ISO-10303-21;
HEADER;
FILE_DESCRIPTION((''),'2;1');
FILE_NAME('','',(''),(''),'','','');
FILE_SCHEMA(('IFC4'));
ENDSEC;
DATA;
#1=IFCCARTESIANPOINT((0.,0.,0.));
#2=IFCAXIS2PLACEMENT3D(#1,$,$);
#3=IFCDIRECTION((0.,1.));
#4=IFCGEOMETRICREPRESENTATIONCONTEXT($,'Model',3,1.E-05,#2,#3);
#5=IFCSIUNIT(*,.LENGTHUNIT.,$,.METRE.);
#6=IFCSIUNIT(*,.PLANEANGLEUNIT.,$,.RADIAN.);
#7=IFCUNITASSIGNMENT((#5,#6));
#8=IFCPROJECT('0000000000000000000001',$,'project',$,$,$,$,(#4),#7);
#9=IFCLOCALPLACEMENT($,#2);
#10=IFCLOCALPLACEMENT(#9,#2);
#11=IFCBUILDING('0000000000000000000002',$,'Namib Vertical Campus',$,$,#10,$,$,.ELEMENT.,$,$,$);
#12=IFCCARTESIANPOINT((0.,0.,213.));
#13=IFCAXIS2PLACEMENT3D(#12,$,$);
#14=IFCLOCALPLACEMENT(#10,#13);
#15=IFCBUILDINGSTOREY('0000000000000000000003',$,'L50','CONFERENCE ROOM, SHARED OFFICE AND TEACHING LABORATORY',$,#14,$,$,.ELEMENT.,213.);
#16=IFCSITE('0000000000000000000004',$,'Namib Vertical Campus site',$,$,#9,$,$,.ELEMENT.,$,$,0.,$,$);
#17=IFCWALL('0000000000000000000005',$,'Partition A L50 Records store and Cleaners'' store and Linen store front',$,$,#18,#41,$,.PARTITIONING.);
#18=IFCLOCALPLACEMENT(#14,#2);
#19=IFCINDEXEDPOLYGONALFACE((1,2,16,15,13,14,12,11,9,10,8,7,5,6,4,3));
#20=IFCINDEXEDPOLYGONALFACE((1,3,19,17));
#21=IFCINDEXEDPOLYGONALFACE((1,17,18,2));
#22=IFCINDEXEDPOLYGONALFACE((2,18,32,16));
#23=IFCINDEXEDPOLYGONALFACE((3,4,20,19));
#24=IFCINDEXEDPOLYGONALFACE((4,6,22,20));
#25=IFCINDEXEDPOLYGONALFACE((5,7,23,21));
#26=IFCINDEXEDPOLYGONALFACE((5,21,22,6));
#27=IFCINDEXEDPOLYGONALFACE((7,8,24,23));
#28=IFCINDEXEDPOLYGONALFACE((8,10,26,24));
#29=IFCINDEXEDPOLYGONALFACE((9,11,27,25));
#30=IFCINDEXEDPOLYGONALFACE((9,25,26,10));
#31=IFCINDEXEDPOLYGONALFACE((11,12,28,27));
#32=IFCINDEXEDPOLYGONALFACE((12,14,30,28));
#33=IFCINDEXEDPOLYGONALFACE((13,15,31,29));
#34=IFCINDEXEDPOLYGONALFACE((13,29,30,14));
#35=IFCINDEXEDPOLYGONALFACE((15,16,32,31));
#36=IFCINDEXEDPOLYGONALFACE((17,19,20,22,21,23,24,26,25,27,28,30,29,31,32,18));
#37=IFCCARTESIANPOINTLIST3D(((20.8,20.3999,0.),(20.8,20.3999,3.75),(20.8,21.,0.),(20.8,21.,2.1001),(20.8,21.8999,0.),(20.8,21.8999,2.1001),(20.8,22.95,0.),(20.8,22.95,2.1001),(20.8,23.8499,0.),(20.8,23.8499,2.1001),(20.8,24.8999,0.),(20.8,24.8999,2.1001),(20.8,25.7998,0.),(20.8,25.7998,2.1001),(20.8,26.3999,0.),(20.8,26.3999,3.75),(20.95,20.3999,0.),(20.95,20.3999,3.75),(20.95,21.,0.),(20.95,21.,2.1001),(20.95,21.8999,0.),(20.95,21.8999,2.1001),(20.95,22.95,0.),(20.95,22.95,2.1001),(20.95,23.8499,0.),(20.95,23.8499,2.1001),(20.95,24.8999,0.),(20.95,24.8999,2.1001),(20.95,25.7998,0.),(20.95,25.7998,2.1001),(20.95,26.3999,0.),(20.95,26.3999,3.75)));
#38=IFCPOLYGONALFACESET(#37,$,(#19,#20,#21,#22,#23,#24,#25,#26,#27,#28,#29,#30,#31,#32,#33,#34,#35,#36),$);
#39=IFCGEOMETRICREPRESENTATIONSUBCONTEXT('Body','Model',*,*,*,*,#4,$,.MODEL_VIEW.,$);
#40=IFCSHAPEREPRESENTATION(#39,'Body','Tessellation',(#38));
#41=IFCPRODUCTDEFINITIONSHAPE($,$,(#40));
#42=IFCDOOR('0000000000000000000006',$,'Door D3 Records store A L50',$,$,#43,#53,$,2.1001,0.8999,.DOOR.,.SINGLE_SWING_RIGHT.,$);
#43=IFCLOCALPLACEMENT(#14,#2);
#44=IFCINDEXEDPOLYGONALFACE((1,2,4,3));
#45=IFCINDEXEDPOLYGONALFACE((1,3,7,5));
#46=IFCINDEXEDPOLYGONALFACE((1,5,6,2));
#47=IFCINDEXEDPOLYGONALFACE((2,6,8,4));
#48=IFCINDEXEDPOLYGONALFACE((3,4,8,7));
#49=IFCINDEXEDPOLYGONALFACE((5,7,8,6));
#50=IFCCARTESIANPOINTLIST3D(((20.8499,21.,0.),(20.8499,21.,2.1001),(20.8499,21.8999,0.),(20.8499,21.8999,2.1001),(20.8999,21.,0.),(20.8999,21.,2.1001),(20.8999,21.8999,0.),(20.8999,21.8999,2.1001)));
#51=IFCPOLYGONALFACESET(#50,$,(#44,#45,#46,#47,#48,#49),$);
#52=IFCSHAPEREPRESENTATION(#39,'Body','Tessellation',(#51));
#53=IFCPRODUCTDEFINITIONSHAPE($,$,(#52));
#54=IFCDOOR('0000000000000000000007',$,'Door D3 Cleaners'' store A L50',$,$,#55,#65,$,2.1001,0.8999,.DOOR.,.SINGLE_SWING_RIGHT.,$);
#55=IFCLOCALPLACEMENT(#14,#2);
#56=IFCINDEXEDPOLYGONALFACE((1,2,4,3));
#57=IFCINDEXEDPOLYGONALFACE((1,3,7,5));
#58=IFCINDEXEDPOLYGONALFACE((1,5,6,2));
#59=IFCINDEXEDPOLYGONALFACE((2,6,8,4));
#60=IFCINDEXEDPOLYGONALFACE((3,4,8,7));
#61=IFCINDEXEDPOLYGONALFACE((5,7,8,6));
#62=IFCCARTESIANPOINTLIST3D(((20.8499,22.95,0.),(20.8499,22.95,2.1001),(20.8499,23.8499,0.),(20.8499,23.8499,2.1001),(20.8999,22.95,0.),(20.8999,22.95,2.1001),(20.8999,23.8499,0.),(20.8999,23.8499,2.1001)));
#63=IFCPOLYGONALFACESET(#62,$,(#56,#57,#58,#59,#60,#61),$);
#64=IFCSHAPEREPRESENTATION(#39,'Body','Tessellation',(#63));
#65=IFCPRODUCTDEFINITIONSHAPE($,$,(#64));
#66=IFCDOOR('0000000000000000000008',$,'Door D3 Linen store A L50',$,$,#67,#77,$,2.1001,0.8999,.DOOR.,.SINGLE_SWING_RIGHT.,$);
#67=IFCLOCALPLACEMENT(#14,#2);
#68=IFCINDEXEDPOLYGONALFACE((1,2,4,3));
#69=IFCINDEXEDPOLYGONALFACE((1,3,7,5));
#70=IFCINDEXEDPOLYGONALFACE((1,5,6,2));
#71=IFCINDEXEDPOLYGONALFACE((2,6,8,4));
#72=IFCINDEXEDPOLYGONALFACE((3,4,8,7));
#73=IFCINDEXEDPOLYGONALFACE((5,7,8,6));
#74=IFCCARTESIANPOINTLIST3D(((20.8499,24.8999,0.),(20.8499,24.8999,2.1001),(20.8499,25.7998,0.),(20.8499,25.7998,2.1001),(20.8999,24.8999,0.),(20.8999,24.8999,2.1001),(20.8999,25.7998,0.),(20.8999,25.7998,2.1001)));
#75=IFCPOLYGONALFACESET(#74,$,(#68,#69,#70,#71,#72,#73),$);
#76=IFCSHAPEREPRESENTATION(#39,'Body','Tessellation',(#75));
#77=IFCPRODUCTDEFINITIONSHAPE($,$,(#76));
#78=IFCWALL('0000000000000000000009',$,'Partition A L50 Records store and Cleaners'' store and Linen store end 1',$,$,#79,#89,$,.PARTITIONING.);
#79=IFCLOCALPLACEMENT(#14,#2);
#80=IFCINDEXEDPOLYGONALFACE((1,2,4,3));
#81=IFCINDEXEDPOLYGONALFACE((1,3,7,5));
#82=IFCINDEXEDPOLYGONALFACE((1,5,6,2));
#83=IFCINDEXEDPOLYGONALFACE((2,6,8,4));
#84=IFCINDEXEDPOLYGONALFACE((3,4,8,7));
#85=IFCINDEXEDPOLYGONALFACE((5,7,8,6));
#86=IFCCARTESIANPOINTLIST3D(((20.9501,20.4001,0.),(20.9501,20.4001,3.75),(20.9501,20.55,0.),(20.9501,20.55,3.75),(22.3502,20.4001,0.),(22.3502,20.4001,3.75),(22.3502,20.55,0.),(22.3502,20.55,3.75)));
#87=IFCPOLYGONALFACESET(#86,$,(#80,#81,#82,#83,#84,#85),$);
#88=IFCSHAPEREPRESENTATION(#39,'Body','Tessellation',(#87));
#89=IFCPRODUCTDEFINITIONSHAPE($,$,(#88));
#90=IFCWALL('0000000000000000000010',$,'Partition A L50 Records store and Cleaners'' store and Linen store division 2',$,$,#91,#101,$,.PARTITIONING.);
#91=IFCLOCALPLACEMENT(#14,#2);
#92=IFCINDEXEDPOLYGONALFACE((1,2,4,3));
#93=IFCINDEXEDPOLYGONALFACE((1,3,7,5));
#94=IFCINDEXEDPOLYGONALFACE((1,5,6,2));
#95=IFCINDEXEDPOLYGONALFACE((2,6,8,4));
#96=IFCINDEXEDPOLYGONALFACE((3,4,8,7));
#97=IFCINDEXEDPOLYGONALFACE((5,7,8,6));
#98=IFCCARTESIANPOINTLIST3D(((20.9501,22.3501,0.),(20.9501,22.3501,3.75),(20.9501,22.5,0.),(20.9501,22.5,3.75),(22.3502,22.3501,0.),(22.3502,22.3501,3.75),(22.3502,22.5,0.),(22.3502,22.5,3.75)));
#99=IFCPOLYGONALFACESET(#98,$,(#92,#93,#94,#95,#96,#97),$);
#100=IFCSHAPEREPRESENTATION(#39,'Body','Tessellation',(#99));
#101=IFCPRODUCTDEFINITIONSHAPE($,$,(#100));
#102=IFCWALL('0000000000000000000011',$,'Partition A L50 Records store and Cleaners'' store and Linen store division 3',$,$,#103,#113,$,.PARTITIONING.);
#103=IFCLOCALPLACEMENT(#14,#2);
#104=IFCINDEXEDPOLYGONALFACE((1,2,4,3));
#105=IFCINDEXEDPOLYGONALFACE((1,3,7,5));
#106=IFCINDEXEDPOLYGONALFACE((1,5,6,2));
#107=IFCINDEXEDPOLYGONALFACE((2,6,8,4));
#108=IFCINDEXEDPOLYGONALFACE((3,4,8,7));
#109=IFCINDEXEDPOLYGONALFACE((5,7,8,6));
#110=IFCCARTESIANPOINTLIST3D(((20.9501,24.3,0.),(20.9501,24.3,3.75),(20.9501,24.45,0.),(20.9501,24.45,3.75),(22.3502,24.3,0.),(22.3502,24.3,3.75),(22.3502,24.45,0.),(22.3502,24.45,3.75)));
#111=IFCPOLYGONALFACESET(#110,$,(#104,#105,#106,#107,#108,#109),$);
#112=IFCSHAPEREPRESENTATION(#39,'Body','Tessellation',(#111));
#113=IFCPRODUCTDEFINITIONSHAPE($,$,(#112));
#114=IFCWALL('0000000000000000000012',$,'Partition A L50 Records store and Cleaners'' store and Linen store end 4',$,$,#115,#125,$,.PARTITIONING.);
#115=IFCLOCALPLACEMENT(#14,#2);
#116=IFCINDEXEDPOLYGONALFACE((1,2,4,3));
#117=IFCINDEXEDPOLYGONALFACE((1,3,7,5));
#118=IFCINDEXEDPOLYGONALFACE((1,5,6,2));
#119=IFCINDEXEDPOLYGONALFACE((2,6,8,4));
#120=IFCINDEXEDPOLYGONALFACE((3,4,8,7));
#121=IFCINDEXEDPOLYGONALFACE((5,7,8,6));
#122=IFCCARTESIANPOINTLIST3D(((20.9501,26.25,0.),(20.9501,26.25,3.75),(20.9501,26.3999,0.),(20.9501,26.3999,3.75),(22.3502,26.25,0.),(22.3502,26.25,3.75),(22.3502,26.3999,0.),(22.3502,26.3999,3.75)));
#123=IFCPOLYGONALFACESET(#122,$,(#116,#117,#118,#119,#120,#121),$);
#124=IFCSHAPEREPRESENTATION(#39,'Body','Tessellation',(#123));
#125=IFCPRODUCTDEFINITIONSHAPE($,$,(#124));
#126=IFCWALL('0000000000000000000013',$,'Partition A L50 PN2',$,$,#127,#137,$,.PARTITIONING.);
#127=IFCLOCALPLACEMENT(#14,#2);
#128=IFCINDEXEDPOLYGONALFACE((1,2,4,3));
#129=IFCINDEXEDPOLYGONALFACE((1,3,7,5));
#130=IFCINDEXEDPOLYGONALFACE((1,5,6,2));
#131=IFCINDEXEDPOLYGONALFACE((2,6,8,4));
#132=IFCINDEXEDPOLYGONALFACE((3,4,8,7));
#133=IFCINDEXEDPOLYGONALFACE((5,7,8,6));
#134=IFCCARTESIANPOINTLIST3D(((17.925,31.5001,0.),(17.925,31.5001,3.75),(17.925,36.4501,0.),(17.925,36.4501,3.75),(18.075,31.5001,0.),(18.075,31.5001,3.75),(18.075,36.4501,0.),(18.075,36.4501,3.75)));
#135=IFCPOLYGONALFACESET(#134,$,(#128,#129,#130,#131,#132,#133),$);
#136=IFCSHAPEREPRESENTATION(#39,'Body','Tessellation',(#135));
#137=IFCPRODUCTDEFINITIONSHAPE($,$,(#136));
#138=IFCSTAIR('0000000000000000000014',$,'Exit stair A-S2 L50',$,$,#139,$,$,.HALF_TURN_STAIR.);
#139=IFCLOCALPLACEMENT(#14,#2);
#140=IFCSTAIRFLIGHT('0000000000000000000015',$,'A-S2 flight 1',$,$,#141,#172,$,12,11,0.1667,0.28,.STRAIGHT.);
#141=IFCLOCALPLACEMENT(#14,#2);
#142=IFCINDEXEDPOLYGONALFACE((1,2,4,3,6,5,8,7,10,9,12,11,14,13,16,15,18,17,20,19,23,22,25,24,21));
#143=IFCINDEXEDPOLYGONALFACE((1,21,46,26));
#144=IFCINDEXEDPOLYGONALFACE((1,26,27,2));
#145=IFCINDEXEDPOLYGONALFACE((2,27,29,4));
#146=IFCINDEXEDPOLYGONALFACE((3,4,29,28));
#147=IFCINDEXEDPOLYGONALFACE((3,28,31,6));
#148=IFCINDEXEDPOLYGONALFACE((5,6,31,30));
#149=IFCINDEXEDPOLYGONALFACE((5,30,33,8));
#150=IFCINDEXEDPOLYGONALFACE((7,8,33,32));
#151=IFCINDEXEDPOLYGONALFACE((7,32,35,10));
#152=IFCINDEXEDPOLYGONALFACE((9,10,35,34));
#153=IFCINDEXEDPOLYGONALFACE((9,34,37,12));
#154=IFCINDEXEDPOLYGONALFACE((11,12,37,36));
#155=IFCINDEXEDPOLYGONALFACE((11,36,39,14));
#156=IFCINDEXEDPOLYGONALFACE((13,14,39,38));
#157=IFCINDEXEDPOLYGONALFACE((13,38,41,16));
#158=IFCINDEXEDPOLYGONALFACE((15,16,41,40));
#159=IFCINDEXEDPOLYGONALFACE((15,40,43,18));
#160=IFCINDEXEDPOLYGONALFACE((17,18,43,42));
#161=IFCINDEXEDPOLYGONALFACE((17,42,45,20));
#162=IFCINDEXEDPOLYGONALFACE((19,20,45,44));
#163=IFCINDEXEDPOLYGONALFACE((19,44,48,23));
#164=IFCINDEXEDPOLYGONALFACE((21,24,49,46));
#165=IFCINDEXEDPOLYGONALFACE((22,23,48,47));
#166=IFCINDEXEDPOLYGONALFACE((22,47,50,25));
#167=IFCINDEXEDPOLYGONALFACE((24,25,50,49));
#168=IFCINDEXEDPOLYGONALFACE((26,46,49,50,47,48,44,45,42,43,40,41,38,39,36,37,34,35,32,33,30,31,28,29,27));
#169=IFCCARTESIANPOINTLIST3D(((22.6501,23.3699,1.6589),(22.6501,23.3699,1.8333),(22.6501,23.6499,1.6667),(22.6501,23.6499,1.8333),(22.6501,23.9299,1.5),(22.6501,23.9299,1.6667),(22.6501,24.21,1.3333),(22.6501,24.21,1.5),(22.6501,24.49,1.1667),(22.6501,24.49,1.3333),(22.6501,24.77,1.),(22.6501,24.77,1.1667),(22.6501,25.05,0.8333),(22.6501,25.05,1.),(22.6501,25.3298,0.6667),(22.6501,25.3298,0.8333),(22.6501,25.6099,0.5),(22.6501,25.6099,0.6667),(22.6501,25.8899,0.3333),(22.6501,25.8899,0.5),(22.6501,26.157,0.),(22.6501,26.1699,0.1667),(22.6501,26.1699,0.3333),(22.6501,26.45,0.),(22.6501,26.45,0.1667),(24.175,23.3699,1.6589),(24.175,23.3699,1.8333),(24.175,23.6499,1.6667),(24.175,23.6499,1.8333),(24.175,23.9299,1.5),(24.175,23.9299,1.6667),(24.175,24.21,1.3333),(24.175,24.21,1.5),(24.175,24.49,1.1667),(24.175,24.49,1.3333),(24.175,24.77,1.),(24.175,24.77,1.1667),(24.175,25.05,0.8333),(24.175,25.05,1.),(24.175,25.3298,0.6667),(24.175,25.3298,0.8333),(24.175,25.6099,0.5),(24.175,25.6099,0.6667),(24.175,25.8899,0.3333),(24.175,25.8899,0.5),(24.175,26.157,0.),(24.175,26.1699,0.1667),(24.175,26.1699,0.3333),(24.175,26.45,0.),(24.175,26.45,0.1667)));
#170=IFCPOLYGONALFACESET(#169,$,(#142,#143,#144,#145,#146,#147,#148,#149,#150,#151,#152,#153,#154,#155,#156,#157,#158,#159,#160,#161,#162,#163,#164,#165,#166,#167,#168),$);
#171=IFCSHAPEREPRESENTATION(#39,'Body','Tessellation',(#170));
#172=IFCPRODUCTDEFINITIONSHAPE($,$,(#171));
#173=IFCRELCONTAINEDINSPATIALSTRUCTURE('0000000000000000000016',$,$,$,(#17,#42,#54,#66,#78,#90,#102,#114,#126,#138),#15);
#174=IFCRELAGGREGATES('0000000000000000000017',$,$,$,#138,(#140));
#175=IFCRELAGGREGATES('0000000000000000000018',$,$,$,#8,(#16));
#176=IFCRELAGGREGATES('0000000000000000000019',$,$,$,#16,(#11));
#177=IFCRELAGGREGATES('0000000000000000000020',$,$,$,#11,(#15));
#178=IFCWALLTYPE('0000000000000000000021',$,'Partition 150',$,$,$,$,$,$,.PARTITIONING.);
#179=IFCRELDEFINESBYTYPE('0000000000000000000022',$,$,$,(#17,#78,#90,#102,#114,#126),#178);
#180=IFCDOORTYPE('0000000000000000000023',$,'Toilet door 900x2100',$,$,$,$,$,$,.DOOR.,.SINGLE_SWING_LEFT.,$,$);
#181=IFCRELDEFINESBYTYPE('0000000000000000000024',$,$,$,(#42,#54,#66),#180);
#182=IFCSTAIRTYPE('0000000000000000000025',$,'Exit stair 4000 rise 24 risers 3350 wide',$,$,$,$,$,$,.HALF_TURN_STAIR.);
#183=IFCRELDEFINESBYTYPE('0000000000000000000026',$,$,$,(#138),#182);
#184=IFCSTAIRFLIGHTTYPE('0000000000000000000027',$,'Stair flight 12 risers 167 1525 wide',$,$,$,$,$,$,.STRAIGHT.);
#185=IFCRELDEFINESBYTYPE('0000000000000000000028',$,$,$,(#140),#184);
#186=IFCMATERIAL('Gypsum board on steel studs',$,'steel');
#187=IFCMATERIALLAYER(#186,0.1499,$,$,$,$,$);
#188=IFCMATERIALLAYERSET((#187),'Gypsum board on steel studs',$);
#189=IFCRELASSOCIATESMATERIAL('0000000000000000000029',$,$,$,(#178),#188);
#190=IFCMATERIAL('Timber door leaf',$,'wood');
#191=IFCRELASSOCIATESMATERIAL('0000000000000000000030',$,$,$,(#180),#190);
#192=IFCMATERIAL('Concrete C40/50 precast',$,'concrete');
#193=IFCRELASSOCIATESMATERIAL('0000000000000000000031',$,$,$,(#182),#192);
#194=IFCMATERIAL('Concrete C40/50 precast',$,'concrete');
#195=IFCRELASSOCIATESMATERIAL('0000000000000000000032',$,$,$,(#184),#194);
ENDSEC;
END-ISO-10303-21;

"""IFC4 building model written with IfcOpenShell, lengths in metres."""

from ifc_helpers import new_model, si_unit, direction, frame, frame_2d, origin, place, context, subcontext, project, spatial, polyline, rectangle, outline, extrude, material, layer, layer_set, type_object, element, fill, aggregate, save


model = new_model("IFC4")

# Units and contexts
model_context = context("Model", 3, precision=1e-05, world=origin(), true_north=direction((0.0, 1.0)))
body_context = subcontext(model_context, "Body", "Model", "MODEL_VIEW")
ifc_project = project(units=[si_unit("LENGTHUNIT", "METRE"), si_unit("PLANEANGLEUNIT", "RADIAN")], contexts=[model_context])

# Site, building, storey
site_placement = place(None, origin())
site = spatial("IfcSite", under=ifc_project, at=site_placement, Name="Namib Vertical Campus site", CompositionType="ELEMENT", RefElevation=0.0)
building_placement = place(site_placement, origin())
building = spatial("IfcBuilding", under=site, at=building_placement, Name="Namib Vertical Campus", CompositionType="ELEMENT")
storey_placement = place(building_placement, frame((0.0, 0.0, 213.0)))
storey = spatial("IfcBuildingStorey", under=building, at=storey_placement, Name="L50", Description="CONFERENCE ROOM, SHARED OFFICE AND TEACHING LABORATORY", CompositionType="ELEMENT", Elevation=213.0)

# Wall, openings, doors
ifc_material_1 = material(Name="Gypsum board on steel studs", Category="steel")
ifc_layer_1 = layer(ifc_material_1, 0.1499)
ifc_layer_set_1 = layer_set([ifc_layer_1], Name="Gypsum board on steel studs")
wall_type_1 = type_object("IfcWallType", Name="Partition 150", PredefinedType="PARTITIONING", material=ifc_layer_set_1)
wall_1_placement = place(storey_placement, frame((20.875, 20.3999, 0.0), z_axis=(0.0, 0.0, 1.0), x_axis=(0.0, 1.0, 0.0)))
wall_1 = element("IfcWall", 1, at=wall_1_placement, inside=storey, type_object=wall_type_1, Name="Partition A L50 Records store and Cleaners' store and Linen store front", PredefinedType="PARTITIONING", context=body_context, shape_type="SweptSolid", body=[
    extrude(rectangle(XDim=6.0, YDim=0.1499, at=frame_2d((3.0, 0.0))), origin(), (0.0, 0.0, 1.0), 3.75),
])
opening_1_placement = place(wall_1_placement, frame((0.6001, 0.0, 0.0)))
opening_1 = element("IfcOpeningElement", 2, at=opening_1_placement, cuts=wall_1, PredefinedType="OPENING", context=body_context, shape_type="SweptSolid", body=[
    extrude(rectangle(XDim=0.8999, YDim=2.1001, at=frame_2d((0.45, 1.05))), frame((0.0, 0.085, 0.0), z_axis=(0.0, -1.0, 0.0), x_axis=(1.0, 0.0, 0.0)), (0.0, 0.0, 1.0), 0.1699),
])
opening_2_placement = place(wall_1_placement, frame((2.55, 0.0, 0.0)))
opening_2 = element("IfcOpeningElement", 3, at=opening_2_placement, cuts=wall_1, PredefinedType="OPENING", context=body_context, shape_type="SweptSolid", body=[
    extrude(rectangle(XDim=0.8999, YDim=2.1001, at=frame_2d((0.45, 1.05))), frame((0.0, 0.085, 0.0), z_axis=(0.0, -1.0, 0.0), x_axis=(1.0, 0.0, 0.0)), (0.0, 0.0, 1.0), 0.1699),
])
opening_3_placement = place(wall_1_placement, frame((4.5, 0.0, 0.0)))
opening_3 = element("IfcOpeningElement", 4, at=opening_3_placement, cuts=wall_1, PredefinedType="OPENING", context=body_context, shape_type="SweptSolid", body=[
    extrude(rectangle(XDim=0.8999, YDim=2.1001, at=frame_2d((0.45, 1.05))), frame((0.0, 0.085, 0.0), z_axis=(0.0, -1.0, 0.0), x_axis=(1.0, 0.0, 0.0)), (0.0, 0.0, 1.0), 0.1699),
])
ifc_material_2 = material(Name="Timber door leaf", Category="wood")
door_type_1 = type_object("IfcDoorType", Name="Toilet door 900x2100", OperationType="SINGLE_SWING_LEFT", PredefinedType="DOOR", material=ifc_material_2)
door_1_placement = place(opening_1_placement, frame((0.8999, 0.0, 0.0), z_axis=(0.0, 0.0, 1.0), x_axis=(-1.0, 0.0, 0.0)))
door_1 = element("IfcDoor", 5, at=door_1_placement, inside=storey, type_object=door_type_1, Name="Door D3 Records store A L50", OperationType="SINGLE_SWING_RIGHT", OverallHeight=2.1001, OverallWidth=0.8999, PredefinedType="DOOR", context=body_context, shape_type="SweptSolid", body=[
    extrude(rectangle(XDim=0.8999, YDim=2.1001, at=frame_2d((0.45, 1.05))), frame((0.0, 0.0249, 0.0), z_axis=(0.0, -1.0, 0.0), x_axis=(1.0, 0.0, 0.0)), (0.0, 0.0, 1.0), 0.05),
])
fill(opening_1, door_1)
door_2_placement = place(opening_2_placement, frame((0.8999, 0.0, 0.0), z_axis=(0.0, 0.0, 1.0), x_axis=(-1.0, 0.0, 0.0)))
door_2 = element("IfcDoor", 6, at=door_2_placement, inside=storey, type_object=door_type_1, Name="Door D3 Cleaners' store A L50", OperationType="SINGLE_SWING_RIGHT", OverallHeight=2.1001, OverallWidth=0.8999, PredefinedType="DOOR", context=body_context, shape_type="SweptSolid", body=[
    extrude(rectangle(XDim=0.8999, YDim=2.1001, at=frame_2d((0.45, 1.05))), frame((0.0, 0.0249, 0.0), z_axis=(0.0, -1.0, 0.0), x_axis=(1.0, 0.0, 0.0)), (0.0, 0.0, 1.0), 0.05),
])
fill(opening_2, door_2)
door_3_placement = place(opening_3_placement, frame((0.8999, 0.0, 0.0), z_axis=(0.0, 0.0, 1.0), x_axis=(-1.0, 0.0, 0.0)))
door_3 = element("IfcDoor", 7, at=door_3_placement, inside=storey, type_object=door_type_1, Name="Door D3 Linen store A L50", OperationType="SINGLE_SWING_RIGHT", OverallHeight=2.1001, OverallWidth=0.8999, PredefinedType="DOOR", context=body_context, shape_type="SweptSolid", body=[
    extrude(rectangle(XDim=0.8999, YDim=2.1001, at=frame_2d((0.45, 1.05))), frame((0.0, 0.0249, 0.0), z_axis=(0.0, -1.0, 0.0), x_axis=(1.0, 0.0, 0.0)), (0.0, 0.0, 1.0), 0.05),
])
fill(opening_3, door_3)

# Walls
for number, where, z_axis, x_axis, name in (
    (8, (20.95, 20.4751, 0.0), (0.0, 0.0, 1.0), (1.0, 0.0, 0.0), "Partition A L50 Records store and Cleaners' store and Linen store end 1"),
    (9, (20.95, 22.425, 0.0), (0.0, 0.0, 1.0), (1.0, 0.0, 0.0), "Partition A L50 Records store and Cleaners' store and Linen store division 2"),
    (10, (20.95, 24.375, 0.0), (0.0, 0.0, 1.0), (1.0, 0.0, 0.0), "Partition A L50 Records store and Cleaners' store and Linen store division 3"),
    (11, (20.95, 26.325, 0.0), (0.0, 0.0, 1.0), (1.0, 0.0, 0.0), "Partition A L50 Records store and Cleaners' store and Linen store end 4"),
):
    element("IfcWall", number, at=place(storey_placement, frame(where, z_axis=z_axis, x_axis=x_axis)), inside=storey, type_object=wall_type_1, Name=name, PredefinedType="PARTITIONING", context=body_context, shape_type="SweptSolid", body=[
        extrude(rectangle(XDim=1.4001, YDim=0.1499, at=frame_2d((0.7002, 0.0))), origin(), (0.0, 0.0, 1.0), 3.75),
    ])
wall_2_placement = place(storey_placement, frame((18.0, 31.5, 0.0), z_axis=(0.0, 0.0, 1.0), x_axis=(0.0, 1.0, 0.0)))
element("IfcWall", 12, at=wall_2_placement, inside=storey, type_object=wall_type_1, Name="Partition A L50 PN2", PredefinedType="PARTITIONING", context=body_context, shape_type="SweptSolid", body=[
    extrude(rectangle(XDim=4.95, YDim=0.1499, at=frame_2d((2.4751, 0.0))), origin(), (0.0, 0.0, 1.0), 3.75),
])

# Stair, stair flight
ifc_material_3 = material(Name="Concrete C40/50 precast", Category="concrete")
stair_type = type_object("IfcStairType", Name="Exit stair 4000 rise 24 risers 3350 wide", PredefinedType="HALF_TURN_STAIR", material=ifc_material_3)
stair_placement = place(storey_placement, origin())
stair = element("IfcStair", 13, at=stair_placement, inside=storey, type_object=stair_type, Name="Exit stair A-S2 L50", PredefinedType="HALF_TURN_STAIR")
ifc_material_4 = material(Name="Concrete C40/50 precast", Category="concrete")
stair_flight_type = type_object("IfcStairFlightType", Name="Stair flight 12 risers 167 1525 wide", PredefinedType="STRAIGHT", material=ifc_material_4)
stair_flight_1_placement = place(storey_placement, frame((23.4126, 26.45, 0.0), z_axis=(0.0, 0.0, 1.0), x_axis=(0.0, -1.0, 0.0)))
stair_flight_1 = element("IfcStairFlight", 14, at=stair_flight_1_placement, type_object=stair_flight_type, Name="A-S2 flight 1", NumberOfRisers=12, NumberOfTreads=11, PredefinedType="STRAIGHT", RiserHeight=0.1667, TreadLength=0.28, context=body_context, shape_type="SweptSolid", body=[
    extrude(outline(polyline([(0.0, 0.0), (0.0, 0.1667), (0.28, 0.1667), (0.28, 0.3333), (0.5601, 0.3333), (0.5601, 0.5), (0.8401, 0.5), (0.8401, 0.6667), (1.1201, 0.6667), (1.1201, 0.8333), (1.3999, 0.8333), (1.3999, 1.0), (1.6799, 1.0), (1.6799, 1.1667), (1.96, 1.1667), (1.96, 1.3333), (2.24, 1.3333), (2.24, 1.5), (2.52, 1.5), (2.52, 1.6667), (2.8, 1.6667), (2.8, 1.8333), (3.0801, 1.8333), (3.0801, 2.0), (3.0801, 1.6589), (0.293, 0.0), (0.0, 0.0)])), frame((0.0, 0.7625, 0.0), z_axis=(0.0, -1.0, 0.0), x_axis=(1.0, 0.0, 0.0)), (0.0, 0.0, 1.0), 1.5249),
])
aggregate(stair, [stair_flight_1])

save(model, "model.ifc")
